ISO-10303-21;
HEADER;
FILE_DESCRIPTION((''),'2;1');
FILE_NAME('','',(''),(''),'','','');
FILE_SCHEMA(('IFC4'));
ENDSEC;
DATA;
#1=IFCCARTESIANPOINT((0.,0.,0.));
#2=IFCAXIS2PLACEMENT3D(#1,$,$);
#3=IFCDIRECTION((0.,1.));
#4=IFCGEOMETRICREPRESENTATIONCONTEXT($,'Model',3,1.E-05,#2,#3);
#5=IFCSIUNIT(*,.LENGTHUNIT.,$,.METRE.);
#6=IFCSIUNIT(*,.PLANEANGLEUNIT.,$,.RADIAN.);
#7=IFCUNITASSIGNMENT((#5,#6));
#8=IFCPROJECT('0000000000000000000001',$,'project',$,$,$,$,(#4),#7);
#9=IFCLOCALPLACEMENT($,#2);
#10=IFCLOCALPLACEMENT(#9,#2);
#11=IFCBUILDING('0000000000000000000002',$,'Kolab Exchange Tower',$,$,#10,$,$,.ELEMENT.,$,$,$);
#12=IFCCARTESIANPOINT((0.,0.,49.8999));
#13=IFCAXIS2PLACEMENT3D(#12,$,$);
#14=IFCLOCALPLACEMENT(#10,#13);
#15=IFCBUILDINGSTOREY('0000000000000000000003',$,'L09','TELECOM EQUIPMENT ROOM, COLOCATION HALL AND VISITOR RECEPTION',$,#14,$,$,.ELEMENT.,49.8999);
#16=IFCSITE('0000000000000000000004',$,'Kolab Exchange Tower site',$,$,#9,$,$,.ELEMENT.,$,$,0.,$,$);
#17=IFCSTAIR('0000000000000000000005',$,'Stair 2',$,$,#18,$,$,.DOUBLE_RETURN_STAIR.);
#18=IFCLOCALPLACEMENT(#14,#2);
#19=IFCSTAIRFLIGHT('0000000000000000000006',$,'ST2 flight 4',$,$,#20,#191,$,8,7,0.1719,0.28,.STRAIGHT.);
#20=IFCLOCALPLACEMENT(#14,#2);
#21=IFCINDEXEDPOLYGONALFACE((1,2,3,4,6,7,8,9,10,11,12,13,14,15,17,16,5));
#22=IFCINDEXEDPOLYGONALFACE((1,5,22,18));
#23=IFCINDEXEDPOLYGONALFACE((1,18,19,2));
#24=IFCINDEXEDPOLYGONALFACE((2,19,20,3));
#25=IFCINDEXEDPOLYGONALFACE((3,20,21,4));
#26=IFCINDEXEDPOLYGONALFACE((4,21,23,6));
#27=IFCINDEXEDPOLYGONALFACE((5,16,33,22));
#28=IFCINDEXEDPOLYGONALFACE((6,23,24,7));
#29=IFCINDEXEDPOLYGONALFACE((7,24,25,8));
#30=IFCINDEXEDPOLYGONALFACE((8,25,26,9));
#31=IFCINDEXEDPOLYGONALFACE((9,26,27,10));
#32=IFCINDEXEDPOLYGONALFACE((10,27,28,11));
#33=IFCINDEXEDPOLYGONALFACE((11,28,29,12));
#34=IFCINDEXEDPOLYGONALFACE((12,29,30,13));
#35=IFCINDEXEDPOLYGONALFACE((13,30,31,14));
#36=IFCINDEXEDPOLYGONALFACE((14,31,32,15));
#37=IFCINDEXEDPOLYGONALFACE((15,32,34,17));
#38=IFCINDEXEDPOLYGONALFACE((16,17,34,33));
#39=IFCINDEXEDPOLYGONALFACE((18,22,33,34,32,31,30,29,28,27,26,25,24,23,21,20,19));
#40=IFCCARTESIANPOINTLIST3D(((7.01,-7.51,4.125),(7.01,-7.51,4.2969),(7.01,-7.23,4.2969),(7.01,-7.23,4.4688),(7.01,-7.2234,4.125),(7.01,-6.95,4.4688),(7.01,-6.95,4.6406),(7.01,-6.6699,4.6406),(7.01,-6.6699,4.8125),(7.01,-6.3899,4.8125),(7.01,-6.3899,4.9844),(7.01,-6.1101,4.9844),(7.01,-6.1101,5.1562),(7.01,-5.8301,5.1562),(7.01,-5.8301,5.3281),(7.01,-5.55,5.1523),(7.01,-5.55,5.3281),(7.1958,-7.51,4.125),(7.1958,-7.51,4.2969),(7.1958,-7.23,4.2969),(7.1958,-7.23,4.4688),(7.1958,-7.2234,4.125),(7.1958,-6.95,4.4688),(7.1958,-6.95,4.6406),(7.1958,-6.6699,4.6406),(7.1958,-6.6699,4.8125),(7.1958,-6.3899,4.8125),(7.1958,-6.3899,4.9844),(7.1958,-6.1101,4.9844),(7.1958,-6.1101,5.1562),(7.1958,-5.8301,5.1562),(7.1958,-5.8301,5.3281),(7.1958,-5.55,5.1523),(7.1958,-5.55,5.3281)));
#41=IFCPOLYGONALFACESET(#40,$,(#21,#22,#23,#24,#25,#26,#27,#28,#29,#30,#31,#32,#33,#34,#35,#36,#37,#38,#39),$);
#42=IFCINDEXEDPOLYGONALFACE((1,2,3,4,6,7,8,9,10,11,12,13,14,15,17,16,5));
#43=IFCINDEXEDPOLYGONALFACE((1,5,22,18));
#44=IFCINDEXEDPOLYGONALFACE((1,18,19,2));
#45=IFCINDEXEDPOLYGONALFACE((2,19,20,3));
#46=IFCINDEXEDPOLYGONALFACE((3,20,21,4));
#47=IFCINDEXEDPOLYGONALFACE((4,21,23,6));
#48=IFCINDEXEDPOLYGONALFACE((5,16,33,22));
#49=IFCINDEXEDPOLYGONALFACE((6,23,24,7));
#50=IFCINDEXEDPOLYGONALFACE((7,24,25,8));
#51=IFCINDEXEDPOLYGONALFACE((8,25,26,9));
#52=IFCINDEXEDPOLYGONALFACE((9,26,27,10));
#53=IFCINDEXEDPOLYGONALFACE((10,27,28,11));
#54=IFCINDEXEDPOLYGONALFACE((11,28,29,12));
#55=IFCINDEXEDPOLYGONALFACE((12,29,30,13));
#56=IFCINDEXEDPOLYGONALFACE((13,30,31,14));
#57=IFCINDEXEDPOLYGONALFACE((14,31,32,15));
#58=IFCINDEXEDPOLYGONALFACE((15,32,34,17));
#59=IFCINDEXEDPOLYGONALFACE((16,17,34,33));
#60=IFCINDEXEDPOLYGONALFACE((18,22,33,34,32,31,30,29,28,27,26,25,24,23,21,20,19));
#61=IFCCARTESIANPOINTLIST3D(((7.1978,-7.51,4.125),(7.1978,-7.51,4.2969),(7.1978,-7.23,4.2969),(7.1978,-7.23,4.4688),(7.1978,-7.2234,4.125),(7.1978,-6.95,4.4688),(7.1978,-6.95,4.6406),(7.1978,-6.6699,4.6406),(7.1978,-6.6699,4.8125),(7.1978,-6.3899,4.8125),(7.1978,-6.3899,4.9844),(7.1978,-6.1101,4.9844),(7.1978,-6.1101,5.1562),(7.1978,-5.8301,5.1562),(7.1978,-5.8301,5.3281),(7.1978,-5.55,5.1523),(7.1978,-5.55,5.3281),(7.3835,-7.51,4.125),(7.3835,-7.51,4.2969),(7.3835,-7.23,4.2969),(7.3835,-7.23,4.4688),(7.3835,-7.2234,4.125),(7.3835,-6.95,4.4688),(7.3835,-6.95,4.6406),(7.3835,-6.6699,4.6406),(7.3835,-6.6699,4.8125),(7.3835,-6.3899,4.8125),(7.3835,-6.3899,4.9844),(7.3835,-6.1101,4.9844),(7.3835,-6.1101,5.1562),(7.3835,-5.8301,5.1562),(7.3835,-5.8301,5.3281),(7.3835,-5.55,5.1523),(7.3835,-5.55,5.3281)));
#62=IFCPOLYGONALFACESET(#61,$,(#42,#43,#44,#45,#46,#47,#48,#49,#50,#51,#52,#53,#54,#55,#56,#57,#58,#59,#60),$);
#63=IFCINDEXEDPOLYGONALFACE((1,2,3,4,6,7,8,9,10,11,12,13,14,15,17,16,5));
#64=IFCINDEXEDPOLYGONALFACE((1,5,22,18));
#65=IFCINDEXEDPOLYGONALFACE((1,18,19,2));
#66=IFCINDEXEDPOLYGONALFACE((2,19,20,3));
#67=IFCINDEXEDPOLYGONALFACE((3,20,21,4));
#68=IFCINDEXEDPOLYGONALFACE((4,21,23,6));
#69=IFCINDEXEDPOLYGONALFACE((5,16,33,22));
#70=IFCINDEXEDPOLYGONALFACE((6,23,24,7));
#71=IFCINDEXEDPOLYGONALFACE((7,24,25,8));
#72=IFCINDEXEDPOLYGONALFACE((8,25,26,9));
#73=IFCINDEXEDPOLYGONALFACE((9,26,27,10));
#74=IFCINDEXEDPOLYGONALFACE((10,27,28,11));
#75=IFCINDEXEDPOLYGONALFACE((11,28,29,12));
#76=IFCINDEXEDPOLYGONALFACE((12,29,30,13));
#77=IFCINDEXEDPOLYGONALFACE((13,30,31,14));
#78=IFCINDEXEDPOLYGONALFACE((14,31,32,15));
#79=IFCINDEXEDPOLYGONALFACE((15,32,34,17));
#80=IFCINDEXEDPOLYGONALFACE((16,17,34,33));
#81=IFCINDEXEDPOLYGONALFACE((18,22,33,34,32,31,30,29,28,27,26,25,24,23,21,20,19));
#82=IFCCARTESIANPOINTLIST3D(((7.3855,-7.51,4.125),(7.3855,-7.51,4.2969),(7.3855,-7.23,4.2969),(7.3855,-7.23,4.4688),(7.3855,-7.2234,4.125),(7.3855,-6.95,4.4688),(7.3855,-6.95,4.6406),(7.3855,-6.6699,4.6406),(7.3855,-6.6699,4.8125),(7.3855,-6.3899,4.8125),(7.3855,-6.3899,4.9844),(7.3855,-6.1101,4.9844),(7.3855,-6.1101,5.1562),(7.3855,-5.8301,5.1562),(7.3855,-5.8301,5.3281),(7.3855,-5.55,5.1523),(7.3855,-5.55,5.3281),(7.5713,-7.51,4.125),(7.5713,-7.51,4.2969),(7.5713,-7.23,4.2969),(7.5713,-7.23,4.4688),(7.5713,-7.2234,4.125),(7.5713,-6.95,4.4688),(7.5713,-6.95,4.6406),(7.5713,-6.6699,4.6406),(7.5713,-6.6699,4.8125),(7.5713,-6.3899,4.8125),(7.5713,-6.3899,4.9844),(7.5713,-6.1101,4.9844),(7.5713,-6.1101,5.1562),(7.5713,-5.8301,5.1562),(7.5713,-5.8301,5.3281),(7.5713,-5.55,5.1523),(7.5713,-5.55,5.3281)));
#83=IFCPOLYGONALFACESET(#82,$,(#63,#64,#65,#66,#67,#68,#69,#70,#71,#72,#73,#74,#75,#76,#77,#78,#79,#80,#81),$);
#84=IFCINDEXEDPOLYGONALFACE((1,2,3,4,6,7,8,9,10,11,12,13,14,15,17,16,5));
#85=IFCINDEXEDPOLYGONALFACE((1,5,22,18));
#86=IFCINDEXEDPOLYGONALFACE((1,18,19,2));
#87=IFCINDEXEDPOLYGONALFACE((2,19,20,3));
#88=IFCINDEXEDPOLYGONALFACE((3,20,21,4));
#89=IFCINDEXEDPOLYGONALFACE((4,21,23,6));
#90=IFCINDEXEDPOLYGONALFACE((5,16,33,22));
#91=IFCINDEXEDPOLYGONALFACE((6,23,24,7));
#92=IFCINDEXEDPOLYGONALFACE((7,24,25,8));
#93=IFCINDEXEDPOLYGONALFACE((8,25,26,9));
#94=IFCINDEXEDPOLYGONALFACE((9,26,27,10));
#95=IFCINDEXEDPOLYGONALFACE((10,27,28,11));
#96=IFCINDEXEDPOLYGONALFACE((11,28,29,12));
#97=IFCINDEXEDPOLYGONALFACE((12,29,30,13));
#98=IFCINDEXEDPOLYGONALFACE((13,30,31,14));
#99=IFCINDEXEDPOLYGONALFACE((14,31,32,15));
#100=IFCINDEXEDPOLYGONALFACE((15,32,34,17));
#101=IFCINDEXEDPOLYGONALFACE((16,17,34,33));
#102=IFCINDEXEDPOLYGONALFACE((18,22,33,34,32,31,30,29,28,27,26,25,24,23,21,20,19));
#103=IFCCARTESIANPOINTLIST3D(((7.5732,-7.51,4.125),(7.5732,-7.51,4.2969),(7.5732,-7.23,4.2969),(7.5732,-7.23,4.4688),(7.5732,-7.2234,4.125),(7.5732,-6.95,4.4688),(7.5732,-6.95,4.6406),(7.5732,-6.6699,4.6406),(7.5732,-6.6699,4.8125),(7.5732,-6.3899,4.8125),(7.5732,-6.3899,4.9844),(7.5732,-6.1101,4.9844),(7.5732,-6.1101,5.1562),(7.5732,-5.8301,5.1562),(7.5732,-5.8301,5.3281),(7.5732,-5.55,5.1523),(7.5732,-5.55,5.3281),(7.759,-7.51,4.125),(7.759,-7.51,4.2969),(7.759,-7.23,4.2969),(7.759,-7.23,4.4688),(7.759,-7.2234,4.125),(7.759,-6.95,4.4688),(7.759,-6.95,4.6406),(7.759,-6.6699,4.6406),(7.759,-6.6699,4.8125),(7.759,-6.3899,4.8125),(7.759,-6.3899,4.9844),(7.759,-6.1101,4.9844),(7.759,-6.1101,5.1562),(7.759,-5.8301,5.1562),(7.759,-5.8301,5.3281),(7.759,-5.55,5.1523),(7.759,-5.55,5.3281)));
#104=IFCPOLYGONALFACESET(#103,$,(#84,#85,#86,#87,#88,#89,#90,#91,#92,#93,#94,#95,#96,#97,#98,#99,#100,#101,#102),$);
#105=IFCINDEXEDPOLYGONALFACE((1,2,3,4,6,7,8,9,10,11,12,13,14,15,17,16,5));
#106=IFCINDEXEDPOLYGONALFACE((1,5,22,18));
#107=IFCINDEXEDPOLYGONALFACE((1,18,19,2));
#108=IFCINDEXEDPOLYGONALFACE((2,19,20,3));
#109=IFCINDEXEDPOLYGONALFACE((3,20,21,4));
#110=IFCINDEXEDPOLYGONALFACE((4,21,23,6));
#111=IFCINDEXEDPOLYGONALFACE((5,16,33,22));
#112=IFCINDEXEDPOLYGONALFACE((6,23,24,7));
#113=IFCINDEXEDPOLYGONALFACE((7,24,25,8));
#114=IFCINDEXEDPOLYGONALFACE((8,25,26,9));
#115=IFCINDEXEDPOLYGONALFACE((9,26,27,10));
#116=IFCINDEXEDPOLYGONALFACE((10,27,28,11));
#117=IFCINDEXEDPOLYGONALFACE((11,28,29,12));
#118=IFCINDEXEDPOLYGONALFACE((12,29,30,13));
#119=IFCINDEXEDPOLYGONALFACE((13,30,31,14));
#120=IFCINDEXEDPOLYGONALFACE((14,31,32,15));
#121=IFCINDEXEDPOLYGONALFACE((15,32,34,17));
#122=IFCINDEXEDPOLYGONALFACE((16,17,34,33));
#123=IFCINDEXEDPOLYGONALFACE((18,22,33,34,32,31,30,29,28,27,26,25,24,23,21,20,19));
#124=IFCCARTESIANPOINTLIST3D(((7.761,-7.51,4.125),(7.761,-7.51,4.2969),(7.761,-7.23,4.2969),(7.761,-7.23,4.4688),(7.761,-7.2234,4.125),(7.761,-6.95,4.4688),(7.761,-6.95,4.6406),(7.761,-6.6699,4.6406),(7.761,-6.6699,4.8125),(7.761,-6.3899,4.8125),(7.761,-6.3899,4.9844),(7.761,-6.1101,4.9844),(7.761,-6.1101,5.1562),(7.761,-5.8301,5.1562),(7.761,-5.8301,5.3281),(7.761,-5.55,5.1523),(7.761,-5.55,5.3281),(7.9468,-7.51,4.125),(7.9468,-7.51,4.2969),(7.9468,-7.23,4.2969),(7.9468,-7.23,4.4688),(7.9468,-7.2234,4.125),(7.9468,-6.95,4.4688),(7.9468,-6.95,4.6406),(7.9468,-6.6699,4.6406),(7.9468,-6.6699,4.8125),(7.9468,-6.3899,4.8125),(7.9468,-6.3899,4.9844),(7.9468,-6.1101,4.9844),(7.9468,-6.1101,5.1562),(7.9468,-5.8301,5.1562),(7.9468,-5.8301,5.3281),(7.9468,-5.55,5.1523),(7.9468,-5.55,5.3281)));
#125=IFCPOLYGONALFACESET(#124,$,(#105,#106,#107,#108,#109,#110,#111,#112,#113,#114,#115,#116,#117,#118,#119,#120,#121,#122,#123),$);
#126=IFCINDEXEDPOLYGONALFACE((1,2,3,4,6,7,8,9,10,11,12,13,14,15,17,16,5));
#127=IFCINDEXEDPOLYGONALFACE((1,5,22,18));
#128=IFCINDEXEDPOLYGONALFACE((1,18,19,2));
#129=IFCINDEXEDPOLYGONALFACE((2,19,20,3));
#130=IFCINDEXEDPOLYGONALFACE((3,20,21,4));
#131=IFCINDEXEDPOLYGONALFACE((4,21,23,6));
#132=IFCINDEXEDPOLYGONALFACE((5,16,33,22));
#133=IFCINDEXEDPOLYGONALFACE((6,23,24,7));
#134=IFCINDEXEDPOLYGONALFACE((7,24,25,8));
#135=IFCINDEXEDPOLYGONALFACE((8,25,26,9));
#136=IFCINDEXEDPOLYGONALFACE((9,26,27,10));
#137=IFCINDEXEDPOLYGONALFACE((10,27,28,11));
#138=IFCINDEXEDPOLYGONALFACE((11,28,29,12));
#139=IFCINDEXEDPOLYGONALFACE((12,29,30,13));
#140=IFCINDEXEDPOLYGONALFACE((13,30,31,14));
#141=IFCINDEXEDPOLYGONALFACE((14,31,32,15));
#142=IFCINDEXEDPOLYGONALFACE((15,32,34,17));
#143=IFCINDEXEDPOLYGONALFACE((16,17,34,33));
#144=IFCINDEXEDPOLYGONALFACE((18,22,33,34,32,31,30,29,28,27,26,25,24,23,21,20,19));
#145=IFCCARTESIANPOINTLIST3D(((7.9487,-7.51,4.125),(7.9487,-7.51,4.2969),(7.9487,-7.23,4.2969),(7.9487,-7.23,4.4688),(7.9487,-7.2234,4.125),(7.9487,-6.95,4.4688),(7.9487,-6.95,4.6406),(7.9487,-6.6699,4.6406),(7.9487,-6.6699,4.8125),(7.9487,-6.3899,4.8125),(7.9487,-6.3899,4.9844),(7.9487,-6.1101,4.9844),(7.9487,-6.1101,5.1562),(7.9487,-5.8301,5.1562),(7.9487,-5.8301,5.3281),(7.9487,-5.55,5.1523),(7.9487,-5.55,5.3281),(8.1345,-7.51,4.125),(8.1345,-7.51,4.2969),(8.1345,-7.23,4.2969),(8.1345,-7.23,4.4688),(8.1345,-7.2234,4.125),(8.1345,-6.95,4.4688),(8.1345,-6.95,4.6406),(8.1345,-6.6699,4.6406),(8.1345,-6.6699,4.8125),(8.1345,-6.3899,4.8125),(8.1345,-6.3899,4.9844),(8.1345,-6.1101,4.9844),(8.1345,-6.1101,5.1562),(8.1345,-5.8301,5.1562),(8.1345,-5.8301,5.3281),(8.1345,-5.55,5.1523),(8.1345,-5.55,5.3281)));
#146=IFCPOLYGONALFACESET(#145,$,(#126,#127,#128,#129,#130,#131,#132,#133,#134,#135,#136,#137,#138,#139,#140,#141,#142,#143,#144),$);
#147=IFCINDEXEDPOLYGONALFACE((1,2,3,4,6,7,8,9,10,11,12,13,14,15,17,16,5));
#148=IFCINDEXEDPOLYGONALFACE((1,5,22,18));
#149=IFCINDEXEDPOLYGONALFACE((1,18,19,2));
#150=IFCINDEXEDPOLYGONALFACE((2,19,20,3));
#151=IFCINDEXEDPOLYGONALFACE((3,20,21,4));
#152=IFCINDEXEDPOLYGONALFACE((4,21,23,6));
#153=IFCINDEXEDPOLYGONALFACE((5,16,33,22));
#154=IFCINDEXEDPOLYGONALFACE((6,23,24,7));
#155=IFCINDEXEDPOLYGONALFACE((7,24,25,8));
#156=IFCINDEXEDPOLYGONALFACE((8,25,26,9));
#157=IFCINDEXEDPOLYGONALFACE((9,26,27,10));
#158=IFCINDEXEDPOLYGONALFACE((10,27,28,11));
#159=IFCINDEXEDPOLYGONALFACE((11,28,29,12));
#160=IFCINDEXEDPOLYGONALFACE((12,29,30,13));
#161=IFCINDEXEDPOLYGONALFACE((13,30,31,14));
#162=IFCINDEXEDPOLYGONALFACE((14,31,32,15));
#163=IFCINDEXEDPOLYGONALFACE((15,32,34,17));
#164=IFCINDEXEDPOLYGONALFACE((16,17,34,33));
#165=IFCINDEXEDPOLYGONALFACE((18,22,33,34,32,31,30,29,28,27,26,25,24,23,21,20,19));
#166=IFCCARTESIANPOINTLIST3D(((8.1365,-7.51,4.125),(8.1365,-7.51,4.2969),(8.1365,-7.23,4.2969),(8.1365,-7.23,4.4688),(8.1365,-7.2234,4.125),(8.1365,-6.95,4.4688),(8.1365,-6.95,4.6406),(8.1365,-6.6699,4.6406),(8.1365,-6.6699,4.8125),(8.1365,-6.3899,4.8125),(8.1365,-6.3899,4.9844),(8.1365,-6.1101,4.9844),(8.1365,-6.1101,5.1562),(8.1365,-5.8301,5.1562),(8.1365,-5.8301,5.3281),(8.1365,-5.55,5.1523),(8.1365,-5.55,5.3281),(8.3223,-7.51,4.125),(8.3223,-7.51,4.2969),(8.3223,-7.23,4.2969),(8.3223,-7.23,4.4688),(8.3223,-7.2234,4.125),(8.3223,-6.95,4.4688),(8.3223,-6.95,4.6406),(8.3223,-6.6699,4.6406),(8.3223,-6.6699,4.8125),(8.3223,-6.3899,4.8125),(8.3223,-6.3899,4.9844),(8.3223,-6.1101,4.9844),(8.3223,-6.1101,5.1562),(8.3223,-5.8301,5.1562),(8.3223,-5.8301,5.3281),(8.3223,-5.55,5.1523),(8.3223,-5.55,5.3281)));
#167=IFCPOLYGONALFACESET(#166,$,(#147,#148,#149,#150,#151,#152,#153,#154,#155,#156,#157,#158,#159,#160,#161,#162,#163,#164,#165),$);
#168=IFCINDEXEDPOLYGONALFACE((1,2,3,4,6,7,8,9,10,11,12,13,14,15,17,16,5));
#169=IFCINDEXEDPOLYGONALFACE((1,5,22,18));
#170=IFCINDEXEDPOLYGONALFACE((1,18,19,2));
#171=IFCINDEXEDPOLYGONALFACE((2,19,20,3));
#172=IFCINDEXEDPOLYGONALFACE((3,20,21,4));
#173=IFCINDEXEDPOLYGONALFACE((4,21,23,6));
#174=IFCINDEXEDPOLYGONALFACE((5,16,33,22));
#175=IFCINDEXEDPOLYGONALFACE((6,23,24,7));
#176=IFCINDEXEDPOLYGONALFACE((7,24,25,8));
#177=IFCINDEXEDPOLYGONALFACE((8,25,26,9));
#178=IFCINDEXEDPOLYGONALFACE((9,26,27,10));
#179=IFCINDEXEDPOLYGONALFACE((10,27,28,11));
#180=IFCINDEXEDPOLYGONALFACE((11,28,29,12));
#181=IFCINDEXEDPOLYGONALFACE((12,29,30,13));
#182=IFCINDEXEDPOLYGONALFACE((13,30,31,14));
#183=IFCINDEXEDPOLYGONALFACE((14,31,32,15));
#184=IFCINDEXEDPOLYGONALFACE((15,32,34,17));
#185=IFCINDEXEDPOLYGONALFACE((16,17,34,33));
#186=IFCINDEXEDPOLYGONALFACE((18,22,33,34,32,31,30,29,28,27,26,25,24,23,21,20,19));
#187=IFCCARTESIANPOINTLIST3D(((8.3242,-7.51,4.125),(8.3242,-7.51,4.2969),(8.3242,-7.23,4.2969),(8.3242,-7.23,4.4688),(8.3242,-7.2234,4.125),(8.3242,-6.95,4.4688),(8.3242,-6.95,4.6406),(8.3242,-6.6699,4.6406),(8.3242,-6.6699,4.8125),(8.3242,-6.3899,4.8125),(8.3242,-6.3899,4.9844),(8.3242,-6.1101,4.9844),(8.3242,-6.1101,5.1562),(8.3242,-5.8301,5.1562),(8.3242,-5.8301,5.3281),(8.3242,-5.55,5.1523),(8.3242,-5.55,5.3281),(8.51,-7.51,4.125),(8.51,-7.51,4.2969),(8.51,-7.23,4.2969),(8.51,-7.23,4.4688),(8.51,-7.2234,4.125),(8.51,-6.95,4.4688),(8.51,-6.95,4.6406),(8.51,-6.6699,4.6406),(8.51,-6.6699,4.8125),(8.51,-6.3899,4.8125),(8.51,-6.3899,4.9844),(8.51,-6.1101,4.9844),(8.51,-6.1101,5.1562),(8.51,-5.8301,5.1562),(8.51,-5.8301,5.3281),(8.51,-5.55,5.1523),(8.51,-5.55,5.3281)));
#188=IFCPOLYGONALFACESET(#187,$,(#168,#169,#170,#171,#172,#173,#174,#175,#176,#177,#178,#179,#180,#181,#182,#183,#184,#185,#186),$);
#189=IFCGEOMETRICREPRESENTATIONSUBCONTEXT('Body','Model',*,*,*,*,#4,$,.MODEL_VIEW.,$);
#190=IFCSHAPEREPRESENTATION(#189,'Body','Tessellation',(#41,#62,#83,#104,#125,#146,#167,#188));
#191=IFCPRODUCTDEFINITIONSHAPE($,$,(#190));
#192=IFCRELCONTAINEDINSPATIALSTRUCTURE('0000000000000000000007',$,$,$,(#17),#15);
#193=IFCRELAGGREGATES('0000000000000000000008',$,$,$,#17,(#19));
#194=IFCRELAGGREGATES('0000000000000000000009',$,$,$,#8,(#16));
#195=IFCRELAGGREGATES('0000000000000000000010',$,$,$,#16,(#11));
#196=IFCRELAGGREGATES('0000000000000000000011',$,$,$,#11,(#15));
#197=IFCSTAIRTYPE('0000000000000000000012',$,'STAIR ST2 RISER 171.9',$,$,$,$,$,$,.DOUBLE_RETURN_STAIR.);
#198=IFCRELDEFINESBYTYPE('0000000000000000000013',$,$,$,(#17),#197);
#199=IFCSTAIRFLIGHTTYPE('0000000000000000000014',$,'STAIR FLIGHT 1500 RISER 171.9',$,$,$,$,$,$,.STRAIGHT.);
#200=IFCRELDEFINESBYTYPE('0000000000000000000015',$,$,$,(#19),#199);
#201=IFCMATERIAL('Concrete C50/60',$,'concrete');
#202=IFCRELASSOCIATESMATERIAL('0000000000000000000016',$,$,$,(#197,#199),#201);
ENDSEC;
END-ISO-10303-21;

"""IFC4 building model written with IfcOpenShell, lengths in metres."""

from ifc_helpers import new_model, si_unit, direction, frame, origin, place, context, subcontext, project, spatial, polyline, outline, extrude, material, type_object, element, aggregate, save


model = new_model("IFC4")

# Units and contexts
model_context = context("Model", 3, precision=1e-05, world=origin(), true_north=direction((0.0, 1.0)))
body_context = subcontext(model_context, "Body", "Model", "MODEL_VIEW")
ifc_project = project(units=[si_unit("LENGTHUNIT", "METRE"), si_unit("PLANEANGLEUNIT", "RADIAN")], contexts=[model_context])

# Site, building, storey
site_placement = place(None, origin())
site = spatial("IfcSite", under=ifc_project, at=site_placement, Name="Kolab Exchange Tower site", CompositionType="ELEMENT", RefElevation=0.0)
building_placement = place(site_placement, origin())
building = spatial("IfcBuilding", under=site, at=building_placement, Name="Kolab Exchange Tower", CompositionType="ELEMENT")
storey_placement = place(building_placement, frame((0.0, 0.0, 49.8999)))
storey = spatial("IfcBuildingStorey", under=building, at=storey_placement, Name="L09", Description="TELECOM EQUIPMENT ROOM, COLOCATION HALL AND VISITOR RECEPTION", CompositionType="ELEMENT", Elevation=49.8999)

# Shared definitions
ifc_material_1 = material(Name="Concrete C50/60", Category="concrete")

# Stair, stair flight
stair_type_1 = type_object("IfcStairType", Name="STAIR ST2 RISER 171.9", PredefinedType="DOUBLE_RETURN_STAIR", material=ifc_material_1)
stair_1_placement = place(storey_placement, origin())
stair_1 = element("IfcStair", 1, at=stair_1_placement, inside=storey, type_object=stair_type_1, Name="Stair 2", PredefinedType="DOUBLE_RETURN_STAIR")
stair_flight_type = type_object("IfcStairFlightType", Name="STAIR FLIGHT 1500 RISER 171.9", PredefinedType="STRAIGHT", material=ifc_material_1)
stair_flight_1_placement = place(storey_placement, frame((7.76, -7.51, 4.125), z_axis=(0.0, 0.0, 1.0), x_axis=(0.0, 1.0, 0.0)))
stair_flight_1 = element("IfcStairFlight", 2, at=stair_flight_1_placement, type_object=stair_flight_type, Name="ST2 flight 4", NumberOfRisers=8, NumberOfTreads=7, PredefinedType="STRAIGHT", RiserHeight=0.1719, TreadLength=0.28, context=body_context, shape_type="SweptSolid", body=[
    extrude(outline(polyline([(0.0, 0.0), (0.0, 0.1719), (0.28, 0.1719), (0.28, 0.3438), (0.5601, 0.3438), (0.5601, 0.5156), (0.8401, 0.5156), (0.8401, 0.6875), (1.1201, 0.6875), (1.1201, 0.8594), (1.3999, 0.8594), (1.3999, 1.0312), (1.6799, 1.0312), (1.6799, 1.2031), (1.96, 1.2031), (1.96, 1.375), (1.96, 1.0273), (0.2866, 0.0), (0.0, 0.0)])), frame((0.0, 0.75, 0.0), z_axis=(0.0, -1.0, 0.0), x_axis=(1.0, 0.0, 0.0)), (0.0, 0.0, 1.0), 0.1858),
    extrude(outline(polyline([(0.0, 0.0), (0.0, 0.1719), (0.28, 0.1719), (0.28, 0.3438), (0.5601, 0.3438), (0.5601, 0.5156), (0.8401, 0.5156), (0.8401, 0.6875), (1.1201, 0.6875), (1.1201, 0.8594), (1.3999, 0.8594), (1.3999, 1.0312), (1.6799, 1.0312), (1.6799, 1.2031), (1.96, 1.2031), (1.96, 1.375), (1.96, 1.0273), (0.2866, 0.0), (0.0, 0.0)])), frame((0.0, 0.5623, 0.0), z_axis=(0.0, -1.0, 0.0), x_axis=(1.0, 0.0, 0.0)), (0.0, 0.0, 1.0), 0.1858),
    extrude(outline(polyline([(0.0, 0.0), (0.0, 0.1719), (0.28, 0.1719), (0.28, 0.3438), (0.5601, 0.3438), (0.5601, 0.5156), (0.8401, 0.5156), (0.8401, 0.6875), (1.1201, 0.6875), (1.1201, 0.8594), (1.3999, 0.8594), (1.3999, 1.0312), (1.6799, 1.0312), (1.6799, 1.2031), (1.96, 1.2031), (1.96, 1.375), (1.96, 1.0273), (0.2866, 0.0), (0.0, 0.0)])), frame((0.0, 0.3745, 0.0), z_axis=(0.0, -1.0, 0.0), x_axis=(1.0, 0.0, 0.0)), (0.0, 0.0, 1.0), 0.1858),
    extrude(outline(polyline([(0.0, 0.0), (0.0, 0.1719), (0.28, 0.1719), (0.28, 0.3438), (0.5601, 0.3438), (0.5601, 0.5156), (0.8401, 0.5156), (0.8401, 0.6875), (1.1201, 0.6875), (1.1201, 0.8594), (1.3999, 0.8594), (1.3999, 1.0312), (1.6799, 1.0312), (1.6799, 1.2031), (1.96, 1.2031), (1.96, 1.375), (1.96, 1.0273), (0.2866, 0.0), (0.0, 0.0)])), frame((0.0, 0.1868, 0.0), z_axis=(0.0, -1.0, 0.0), x_axis=(1.0, 0.0, 0.0)), (0.0, 0.0, 1.0), 0.1858),
    extrude(outline(polyline([(0.0, 0.0), (0.0, 0.1719), (0.28, 0.1719), (0.28, 0.3438), (0.5601, 0.3438), (0.5601, 0.5156), (0.8401, 0.5156), (0.8401, 0.6875), (1.1201, 0.6875), (1.1201, 0.8594), (1.3999, 0.8594), (1.3999, 1.0312), (1.6799, 1.0312), (1.6799, 1.2031), (1.96, 1.2031), (1.96, 1.375), (1.96, 1.0273), (0.2866, 0.0), (0.0, 0.0)])), frame((0.0, -0.001, 0.0), z_axis=(0.0, -1.0, 0.0), x_axis=(1.0, 0.0, 0.0)), (0.0, 0.0, 1.0), 0.1858),
    extrude(outline(polyline([(0.0, 0.0), (0.0, 0.1719), (0.28, 0.1719), (0.28, 0.3438), (0.5601, 0.3438), (0.5601, 0.5156), (0.8401, 0.5156), (0.8401, 0.6875), (1.1201, 0.6875), (1.1201, 0.8594), (1.3999, 0.8594), (1.3999, 1.0312), (1.6799, 1.0312), (1.6799, 1.2031), (1.96, 1.2031), (1.96, 1.375), (1.96, 1.0273), (0.2866, 0.0), (0.0, 0.0)])), frame((0.0, -0.1887, 0.0), z_axis=(0.0, -1.0, 0.0), x_axis=(1.0, 0.0, 0.0)), (0.0, 0.0, 1.0), 0.1858),
    extrude(outline(polyline([(0.0, 0.0), (0.0, 0.1719), (0.28, 0.1719), (0.28, 0.3438), (0.5601, 0.3438), (0.5601, 0.5156), (0.8401, 0.5156), (0.8401, 0.6875), (1.1201, 0.6875), (1.1201, 0.8594), (1.3999, 0.8594), (1.3999, 1.0312), (1.6799, 1.0312), (1.6799, 1.2031), (1.96, 1.2031), (1.96, 1.375), (1.96, 1.0273), (0.2866, 0.0), (0.0, 0.0)])), frame((0.0, -0.3765, 0.0), z_axis=(0.0, -1.0, 0.0), x_axis=(1.0, 0.0, 0.0)), (0.0, 0.0, 1.0), 0.1858),
    extrude(outline(polyline([(0.0, 0.0), (0.0, 0.1719), (0.28, 0.1719), (0.28, 0.3438), (0.5601, 0.3438), (0.5601, 0.5156), (0.8401, 0.5156), (0.8401, 0.6875), (1.1201, 0.6875), (1.1201, 0.8594), (1.3999, 0.8594), (1.3999, 1.0312), (1.6799, 1.0312), (1.6799, 1.2031), (1.96, 1.2031), (1.96, 1.375), (1.96, 1.0273), (0.2866, 0.0), (0.0, 0.0)])), frame((0.0, -0.5642, 0.0), z_axis=(0.0, -1.0, 0.0), x_axis=(1.0, 0.0, 0.0)), (0.0, 0.0, 1.0), 0.1858),
])
aggregate(stair_1, [stair_flight_1])

save(model, "model.ifc")
